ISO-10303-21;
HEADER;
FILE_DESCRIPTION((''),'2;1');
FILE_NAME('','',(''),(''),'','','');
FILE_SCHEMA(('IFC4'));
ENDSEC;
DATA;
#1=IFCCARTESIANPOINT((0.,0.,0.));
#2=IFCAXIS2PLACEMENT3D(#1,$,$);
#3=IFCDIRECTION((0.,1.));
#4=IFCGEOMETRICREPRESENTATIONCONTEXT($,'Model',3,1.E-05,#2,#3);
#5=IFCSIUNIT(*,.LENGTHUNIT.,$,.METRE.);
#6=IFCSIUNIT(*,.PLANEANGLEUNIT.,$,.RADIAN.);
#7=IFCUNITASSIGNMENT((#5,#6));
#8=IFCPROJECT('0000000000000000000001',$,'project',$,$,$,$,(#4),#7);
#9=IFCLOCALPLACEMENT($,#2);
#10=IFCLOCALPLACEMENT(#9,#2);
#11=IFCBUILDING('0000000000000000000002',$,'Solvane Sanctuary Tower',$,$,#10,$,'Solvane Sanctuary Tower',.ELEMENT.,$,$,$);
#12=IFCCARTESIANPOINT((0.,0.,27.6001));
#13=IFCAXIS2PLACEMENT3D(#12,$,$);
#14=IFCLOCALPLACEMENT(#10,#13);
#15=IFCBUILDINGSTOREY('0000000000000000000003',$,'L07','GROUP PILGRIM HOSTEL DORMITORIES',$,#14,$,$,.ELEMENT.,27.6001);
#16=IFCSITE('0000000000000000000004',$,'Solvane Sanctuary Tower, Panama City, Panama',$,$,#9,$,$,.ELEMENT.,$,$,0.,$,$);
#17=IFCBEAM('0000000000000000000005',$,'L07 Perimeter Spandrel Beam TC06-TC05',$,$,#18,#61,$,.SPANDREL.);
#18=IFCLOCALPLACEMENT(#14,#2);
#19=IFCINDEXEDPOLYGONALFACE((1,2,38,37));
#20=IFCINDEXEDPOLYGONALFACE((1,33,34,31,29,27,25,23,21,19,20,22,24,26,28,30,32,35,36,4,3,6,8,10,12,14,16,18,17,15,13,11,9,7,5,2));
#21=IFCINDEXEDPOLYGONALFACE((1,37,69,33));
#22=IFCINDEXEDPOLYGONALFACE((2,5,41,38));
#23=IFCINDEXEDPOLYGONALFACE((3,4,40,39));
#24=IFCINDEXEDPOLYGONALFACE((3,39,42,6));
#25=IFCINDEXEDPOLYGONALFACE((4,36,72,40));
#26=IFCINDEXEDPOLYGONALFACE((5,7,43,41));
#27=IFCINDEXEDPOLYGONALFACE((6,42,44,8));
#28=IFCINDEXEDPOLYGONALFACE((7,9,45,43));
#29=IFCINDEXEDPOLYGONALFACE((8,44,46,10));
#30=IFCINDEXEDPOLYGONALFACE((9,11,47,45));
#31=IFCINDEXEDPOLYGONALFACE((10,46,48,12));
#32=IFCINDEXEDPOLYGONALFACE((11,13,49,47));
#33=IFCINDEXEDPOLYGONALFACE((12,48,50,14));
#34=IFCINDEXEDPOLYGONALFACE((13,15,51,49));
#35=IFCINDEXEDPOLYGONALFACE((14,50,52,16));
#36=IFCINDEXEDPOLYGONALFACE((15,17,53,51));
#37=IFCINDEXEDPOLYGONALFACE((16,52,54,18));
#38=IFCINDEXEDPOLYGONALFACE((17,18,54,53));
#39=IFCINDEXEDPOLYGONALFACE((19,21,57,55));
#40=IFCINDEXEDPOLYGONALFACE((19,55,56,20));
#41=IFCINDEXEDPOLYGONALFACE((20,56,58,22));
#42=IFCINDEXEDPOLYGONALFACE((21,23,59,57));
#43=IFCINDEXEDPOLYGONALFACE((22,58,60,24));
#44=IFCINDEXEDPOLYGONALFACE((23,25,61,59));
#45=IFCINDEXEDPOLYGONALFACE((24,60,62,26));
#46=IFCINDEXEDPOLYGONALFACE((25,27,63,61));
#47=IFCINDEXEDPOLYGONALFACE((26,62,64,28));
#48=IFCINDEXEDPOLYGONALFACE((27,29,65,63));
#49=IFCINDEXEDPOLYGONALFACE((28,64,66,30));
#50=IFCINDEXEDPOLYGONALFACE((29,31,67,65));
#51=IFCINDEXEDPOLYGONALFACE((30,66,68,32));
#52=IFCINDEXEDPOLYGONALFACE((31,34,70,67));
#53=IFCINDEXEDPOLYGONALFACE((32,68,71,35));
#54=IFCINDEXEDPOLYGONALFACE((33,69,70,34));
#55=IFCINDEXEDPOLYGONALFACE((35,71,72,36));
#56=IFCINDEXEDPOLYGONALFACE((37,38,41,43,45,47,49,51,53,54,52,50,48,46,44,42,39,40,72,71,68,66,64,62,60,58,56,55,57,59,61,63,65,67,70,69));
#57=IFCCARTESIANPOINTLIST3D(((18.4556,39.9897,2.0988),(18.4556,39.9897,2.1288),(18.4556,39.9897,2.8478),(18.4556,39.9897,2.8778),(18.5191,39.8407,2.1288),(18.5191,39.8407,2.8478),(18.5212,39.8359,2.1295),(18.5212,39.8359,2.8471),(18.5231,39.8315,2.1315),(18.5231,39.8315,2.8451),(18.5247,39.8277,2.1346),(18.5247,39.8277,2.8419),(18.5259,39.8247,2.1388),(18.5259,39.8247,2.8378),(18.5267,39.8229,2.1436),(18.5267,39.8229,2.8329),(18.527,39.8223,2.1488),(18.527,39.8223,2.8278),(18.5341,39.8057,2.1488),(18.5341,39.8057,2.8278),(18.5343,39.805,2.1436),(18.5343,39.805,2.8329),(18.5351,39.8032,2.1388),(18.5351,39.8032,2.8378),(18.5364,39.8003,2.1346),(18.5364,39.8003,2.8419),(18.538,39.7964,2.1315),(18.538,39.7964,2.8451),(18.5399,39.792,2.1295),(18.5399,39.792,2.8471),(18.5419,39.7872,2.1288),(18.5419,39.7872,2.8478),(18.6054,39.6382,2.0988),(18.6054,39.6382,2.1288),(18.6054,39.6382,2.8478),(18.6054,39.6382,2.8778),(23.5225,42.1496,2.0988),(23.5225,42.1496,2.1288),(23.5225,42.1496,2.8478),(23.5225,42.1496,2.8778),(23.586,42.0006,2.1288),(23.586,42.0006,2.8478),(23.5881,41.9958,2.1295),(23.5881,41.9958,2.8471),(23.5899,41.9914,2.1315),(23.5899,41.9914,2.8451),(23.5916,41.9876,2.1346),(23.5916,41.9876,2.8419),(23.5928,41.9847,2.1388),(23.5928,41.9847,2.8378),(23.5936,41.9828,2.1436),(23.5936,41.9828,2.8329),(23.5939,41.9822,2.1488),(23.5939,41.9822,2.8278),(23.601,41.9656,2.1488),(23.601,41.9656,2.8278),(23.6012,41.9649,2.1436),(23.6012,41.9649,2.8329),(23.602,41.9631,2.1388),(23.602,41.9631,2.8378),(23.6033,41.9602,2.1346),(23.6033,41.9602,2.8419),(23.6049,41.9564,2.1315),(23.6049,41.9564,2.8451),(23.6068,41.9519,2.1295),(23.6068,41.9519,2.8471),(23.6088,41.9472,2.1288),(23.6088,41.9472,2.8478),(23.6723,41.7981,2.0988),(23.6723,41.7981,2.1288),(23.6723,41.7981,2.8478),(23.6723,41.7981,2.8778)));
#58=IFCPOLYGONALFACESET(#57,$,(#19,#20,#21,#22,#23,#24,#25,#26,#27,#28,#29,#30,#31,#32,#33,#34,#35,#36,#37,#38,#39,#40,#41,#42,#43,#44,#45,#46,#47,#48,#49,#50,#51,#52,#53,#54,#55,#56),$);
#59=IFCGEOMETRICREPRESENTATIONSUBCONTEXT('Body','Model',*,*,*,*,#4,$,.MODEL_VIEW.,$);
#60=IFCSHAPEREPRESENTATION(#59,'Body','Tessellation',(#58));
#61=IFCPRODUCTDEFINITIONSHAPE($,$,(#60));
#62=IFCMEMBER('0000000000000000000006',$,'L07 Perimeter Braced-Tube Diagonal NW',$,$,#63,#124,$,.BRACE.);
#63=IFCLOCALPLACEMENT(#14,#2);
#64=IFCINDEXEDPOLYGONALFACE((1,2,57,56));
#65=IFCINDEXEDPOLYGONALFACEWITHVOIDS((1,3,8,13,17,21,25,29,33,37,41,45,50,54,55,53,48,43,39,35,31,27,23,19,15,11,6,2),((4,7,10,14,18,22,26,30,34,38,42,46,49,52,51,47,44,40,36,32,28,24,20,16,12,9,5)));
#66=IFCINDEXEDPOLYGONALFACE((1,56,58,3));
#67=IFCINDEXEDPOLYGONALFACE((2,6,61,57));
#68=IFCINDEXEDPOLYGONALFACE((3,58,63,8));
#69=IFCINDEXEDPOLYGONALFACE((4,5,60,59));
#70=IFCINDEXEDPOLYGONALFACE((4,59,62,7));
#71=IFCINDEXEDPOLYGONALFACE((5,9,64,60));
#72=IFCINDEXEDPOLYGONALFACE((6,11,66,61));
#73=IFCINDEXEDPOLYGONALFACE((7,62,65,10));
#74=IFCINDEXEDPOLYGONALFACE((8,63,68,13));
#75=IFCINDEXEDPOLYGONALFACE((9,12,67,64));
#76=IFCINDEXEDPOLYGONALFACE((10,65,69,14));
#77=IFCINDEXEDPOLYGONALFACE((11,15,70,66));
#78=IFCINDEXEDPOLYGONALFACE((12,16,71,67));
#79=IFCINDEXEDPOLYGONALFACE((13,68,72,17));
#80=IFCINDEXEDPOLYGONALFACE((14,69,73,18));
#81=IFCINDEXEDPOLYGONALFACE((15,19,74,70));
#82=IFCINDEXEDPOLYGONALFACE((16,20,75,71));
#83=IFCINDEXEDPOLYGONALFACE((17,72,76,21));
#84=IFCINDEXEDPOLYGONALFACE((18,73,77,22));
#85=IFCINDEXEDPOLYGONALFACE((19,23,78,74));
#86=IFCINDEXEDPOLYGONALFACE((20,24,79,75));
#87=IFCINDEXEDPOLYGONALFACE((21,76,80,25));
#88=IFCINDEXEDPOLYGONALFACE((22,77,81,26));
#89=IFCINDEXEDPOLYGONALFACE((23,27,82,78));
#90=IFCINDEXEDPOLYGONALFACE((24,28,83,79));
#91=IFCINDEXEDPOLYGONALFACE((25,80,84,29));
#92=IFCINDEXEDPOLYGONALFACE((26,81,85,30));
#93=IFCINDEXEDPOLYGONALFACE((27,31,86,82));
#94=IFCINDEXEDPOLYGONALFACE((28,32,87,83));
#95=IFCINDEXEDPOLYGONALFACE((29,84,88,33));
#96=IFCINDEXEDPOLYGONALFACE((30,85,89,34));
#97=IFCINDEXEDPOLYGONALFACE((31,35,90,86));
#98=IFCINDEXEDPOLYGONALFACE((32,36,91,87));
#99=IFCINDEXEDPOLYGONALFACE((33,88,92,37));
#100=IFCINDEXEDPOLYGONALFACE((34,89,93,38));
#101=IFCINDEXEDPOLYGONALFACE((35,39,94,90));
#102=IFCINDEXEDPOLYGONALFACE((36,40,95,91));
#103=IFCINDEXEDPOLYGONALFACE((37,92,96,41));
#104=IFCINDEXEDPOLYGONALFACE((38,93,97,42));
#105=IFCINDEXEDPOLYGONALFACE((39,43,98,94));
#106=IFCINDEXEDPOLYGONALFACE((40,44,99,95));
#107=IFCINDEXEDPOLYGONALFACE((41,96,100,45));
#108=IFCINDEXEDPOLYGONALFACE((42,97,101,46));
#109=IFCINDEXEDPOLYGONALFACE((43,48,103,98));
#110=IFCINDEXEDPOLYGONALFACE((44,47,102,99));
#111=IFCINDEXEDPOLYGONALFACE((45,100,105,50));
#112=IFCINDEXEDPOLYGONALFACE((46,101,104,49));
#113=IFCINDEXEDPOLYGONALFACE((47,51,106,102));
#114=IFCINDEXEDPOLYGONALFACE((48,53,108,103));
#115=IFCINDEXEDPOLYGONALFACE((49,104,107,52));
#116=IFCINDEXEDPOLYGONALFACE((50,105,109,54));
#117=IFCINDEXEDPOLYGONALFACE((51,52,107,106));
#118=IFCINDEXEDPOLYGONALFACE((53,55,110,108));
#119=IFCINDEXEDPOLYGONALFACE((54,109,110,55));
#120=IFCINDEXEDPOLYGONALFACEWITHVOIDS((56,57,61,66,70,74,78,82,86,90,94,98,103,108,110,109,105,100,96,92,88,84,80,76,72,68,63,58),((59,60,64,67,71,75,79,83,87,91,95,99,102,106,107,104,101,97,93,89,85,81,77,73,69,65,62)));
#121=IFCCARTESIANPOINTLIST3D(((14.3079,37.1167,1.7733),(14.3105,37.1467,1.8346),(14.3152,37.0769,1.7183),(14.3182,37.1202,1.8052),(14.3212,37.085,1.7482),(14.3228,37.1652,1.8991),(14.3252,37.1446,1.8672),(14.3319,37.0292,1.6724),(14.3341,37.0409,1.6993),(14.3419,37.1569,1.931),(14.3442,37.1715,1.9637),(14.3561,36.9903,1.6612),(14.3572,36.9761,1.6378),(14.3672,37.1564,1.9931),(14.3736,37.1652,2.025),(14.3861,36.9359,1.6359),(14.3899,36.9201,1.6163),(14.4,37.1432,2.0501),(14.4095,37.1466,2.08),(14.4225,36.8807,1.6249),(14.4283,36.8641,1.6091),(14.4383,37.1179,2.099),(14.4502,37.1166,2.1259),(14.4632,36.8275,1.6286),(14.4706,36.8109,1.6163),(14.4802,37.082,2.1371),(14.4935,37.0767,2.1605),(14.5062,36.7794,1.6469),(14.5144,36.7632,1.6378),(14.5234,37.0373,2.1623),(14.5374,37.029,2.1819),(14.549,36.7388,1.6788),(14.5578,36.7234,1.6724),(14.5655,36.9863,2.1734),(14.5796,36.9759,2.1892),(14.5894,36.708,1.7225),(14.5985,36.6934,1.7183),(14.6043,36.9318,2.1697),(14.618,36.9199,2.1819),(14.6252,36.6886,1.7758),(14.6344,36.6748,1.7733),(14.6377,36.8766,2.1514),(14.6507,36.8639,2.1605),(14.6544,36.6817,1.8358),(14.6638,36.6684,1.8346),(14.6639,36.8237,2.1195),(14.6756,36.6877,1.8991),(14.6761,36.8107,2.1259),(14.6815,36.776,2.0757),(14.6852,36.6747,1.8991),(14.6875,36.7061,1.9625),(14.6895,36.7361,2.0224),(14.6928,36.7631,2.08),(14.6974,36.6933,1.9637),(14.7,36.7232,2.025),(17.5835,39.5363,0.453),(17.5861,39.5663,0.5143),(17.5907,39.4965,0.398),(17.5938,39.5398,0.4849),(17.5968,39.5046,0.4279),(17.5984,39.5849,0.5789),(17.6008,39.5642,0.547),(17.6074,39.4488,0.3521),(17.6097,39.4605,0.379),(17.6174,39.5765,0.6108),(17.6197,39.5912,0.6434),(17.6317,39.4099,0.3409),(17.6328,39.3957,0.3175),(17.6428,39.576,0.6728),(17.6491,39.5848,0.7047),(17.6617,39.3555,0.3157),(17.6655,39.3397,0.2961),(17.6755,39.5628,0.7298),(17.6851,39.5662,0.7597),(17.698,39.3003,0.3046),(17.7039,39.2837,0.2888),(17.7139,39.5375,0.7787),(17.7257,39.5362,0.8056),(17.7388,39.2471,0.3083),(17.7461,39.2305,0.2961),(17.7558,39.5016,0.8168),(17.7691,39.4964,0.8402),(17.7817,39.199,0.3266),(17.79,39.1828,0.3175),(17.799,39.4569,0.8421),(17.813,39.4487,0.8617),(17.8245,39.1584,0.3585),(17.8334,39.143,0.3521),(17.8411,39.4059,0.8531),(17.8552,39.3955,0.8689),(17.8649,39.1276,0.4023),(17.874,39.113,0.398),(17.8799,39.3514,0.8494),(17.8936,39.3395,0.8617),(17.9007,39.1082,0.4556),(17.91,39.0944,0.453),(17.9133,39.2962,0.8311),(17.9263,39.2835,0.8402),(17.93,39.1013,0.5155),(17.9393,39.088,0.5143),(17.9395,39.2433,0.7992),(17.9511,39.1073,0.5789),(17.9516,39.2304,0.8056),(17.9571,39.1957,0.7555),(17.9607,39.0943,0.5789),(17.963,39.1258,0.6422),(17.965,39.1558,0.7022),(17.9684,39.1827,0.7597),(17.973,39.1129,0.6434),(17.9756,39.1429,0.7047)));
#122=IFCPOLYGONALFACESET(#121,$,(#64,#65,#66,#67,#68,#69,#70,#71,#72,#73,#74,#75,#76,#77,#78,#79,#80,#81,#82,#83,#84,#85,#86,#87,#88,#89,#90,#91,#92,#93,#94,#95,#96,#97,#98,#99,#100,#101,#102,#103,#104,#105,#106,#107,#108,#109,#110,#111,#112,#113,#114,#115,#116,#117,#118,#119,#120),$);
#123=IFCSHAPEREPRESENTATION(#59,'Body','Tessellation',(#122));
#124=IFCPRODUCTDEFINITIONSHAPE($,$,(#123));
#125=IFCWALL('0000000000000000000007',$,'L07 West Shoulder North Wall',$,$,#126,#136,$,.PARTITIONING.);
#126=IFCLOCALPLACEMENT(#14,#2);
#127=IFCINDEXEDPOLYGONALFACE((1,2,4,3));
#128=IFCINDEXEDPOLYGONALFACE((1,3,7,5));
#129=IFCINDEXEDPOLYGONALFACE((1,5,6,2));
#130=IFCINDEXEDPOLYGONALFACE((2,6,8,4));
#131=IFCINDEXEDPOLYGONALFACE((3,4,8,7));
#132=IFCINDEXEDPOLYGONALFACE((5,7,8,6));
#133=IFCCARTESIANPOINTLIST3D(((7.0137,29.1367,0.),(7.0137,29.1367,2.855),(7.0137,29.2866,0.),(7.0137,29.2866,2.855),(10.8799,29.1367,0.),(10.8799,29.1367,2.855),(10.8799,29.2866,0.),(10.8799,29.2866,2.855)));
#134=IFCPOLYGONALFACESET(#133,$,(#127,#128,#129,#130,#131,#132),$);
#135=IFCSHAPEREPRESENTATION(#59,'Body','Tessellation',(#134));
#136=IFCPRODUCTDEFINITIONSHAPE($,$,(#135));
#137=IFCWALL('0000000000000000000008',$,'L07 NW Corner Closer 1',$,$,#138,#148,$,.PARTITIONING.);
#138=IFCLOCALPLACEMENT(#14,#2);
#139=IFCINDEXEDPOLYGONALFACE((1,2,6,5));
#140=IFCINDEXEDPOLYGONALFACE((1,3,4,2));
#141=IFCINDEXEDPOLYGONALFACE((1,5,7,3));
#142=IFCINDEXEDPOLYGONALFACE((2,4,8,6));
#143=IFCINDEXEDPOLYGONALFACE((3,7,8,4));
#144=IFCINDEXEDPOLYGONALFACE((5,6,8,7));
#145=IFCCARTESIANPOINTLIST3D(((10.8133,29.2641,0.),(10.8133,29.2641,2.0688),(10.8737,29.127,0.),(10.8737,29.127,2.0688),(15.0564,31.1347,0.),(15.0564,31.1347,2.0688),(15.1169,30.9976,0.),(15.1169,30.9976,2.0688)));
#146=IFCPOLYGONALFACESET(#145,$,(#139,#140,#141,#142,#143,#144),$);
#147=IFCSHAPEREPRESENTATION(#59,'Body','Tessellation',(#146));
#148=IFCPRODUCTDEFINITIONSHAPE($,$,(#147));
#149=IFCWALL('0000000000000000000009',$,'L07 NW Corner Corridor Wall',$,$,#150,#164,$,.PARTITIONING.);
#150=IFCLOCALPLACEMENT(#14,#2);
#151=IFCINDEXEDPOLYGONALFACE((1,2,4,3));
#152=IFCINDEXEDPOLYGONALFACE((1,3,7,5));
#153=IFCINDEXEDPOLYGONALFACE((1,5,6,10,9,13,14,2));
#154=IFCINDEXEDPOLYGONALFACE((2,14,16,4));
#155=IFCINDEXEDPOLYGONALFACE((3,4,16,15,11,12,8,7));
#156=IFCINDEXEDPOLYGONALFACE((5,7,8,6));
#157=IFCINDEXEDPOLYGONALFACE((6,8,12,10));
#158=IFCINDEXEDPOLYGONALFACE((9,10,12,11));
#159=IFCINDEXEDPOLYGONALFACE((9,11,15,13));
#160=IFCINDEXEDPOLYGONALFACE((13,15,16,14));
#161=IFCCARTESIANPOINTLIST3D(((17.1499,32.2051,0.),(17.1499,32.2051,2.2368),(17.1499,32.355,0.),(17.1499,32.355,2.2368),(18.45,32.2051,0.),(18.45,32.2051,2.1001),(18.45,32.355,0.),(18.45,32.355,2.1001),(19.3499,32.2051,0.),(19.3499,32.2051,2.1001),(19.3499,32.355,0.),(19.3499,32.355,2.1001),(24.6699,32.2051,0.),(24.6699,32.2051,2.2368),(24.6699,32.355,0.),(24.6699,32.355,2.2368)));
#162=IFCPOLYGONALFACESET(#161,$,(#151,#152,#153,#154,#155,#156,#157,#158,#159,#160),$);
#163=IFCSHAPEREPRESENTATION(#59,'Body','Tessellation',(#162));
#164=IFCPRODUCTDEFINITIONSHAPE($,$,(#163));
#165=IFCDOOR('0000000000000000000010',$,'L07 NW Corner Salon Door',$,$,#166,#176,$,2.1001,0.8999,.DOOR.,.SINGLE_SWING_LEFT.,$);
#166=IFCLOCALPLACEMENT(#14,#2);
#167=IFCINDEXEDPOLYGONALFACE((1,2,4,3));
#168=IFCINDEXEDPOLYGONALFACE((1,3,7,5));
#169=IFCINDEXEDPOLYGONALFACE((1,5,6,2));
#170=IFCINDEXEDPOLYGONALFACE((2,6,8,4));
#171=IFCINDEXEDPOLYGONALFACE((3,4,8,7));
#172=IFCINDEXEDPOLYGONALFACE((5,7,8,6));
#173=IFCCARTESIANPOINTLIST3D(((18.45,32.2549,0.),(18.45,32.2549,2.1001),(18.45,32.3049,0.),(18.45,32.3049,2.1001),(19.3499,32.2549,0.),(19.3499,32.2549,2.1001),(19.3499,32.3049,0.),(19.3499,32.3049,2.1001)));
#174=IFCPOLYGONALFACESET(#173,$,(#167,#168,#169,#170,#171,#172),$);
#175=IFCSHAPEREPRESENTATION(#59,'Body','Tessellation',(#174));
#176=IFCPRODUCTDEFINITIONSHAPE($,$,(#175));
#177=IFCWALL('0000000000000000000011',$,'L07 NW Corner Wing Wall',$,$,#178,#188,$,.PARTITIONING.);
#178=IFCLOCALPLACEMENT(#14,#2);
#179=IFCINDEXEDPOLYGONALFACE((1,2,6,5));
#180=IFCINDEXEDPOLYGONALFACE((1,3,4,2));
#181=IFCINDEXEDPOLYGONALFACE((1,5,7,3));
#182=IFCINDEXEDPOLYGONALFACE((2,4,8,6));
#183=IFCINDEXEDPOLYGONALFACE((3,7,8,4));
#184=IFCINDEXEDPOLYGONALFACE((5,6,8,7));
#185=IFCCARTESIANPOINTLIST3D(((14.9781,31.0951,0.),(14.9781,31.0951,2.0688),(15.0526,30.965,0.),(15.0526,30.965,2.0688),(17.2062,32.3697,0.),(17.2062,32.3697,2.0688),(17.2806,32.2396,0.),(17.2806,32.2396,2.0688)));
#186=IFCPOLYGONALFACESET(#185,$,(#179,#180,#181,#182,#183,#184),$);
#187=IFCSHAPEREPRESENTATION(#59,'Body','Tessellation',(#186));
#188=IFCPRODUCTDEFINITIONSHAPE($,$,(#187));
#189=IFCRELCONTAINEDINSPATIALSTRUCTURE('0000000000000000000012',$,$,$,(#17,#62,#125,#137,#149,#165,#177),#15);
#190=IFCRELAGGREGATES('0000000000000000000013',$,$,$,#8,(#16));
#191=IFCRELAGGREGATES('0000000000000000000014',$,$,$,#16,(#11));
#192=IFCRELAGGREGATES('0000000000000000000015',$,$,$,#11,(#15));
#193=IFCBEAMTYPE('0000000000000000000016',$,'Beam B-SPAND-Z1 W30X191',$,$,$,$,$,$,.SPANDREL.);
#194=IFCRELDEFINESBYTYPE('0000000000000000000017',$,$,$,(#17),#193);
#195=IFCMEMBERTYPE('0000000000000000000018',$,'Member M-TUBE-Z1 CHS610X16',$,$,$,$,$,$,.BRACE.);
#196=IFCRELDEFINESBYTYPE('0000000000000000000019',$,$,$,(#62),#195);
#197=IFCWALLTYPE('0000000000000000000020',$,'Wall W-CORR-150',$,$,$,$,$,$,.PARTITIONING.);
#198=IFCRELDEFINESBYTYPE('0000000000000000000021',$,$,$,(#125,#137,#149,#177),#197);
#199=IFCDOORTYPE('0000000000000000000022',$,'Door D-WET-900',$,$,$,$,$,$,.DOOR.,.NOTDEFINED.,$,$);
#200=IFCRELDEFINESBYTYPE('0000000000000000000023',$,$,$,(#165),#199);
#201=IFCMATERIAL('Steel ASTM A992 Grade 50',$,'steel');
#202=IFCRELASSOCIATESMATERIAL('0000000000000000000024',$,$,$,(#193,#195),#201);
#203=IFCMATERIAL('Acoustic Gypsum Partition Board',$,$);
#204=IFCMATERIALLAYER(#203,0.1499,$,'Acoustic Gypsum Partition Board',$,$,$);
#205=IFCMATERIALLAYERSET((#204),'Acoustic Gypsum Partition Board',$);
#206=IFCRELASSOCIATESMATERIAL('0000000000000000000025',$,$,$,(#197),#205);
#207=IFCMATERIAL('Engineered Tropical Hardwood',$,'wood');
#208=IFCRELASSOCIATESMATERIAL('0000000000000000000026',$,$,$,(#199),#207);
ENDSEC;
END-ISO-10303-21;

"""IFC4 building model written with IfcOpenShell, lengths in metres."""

from ifc_helpers import new_model, si_unit, direction, frame, frame_2d, origin, origin_2d, place, context, subcontext, project, spatial, rectangle, hollow_circle, i_section, extrude, material, layer, layer_set, material_profile, profile_set, type_object, element, fill, save


model = new_model("IFC4")

# Units and contexts
model_context = context("Model", 3, precision=1e-05, world=origin(), true_north=direction((0.0, 1.0)))
body_context = subcontext(model_context, "Body", "Model", "MODEL_VIEW")
ifc_project = project(units=[si_unit("LENGTHUNIT", "METRE"), si_unit("PLANEANGLEUNIT", "RADIAN")], contexts=[model_context])

# Site, building, storey
site_placement = place(None, origin())
site = spatial("IfcSite", under=ifc_project, at=site_placement, Name="Solvane Sanctuary Tower, Panama City, Panama", CompositionType="ELEMENT", RefElevation=0.0)
building_placement = place(site_placement, origin())
building = spatial("IfcBuilding", under=site, at=building_placement, Name="Solvane Sanctuary Tower", LongName="Solvane Sanctuary Tower", CompositionType="ELEMENT")
storey_placement = place(building_placement, frame((0.0, 0.0, 27.6001)))
storey = spatial("IfcBuildingStorey", under=building, at=storey_placement, Name="L07", Description="GROUP PILGRIM HOSTEL DORMITORIES", CompositionType="ELEMENT", Elevation=27.6001)

# Beam
ifc_material_1 = material(Name="Steel ASTM A992 Grade 50", Category="steel")
ifc_material_profile_1 = material_profile(ifc_material_1, i_section(OverallWidth=0.3821, OverallDepth=0.7791, WebThickness=0.0181, FlangeThickness=0.03, FilletRadius=0.02, at=origin_2d()), Name="W30X191")
ifc_profile_set_1 = profile_set([ifc_material_profile_1], Name="Steel ASTM A992 Grade 50")
beam_type_1 = type_object("IfcBeamType", Name="Beam B-SPAND-Z1 W30X191", PredefinedType="SPANDREL", material=ifc_profile_set_1)
beam_1_placement = place(storey_placement, frame((18.5305, 39.814, 2.4883), z_axis=(0.919907, 0.392137, 0.0), x_axis=(-0.392137, 0.919907, 0.0)))
element("IfcBeam", 1, at=beam_1_placement, inside=storey, type_object=beam_type_1, Name="L07 Perimeter Spandrel Beam TC06-TC05", PredefinedType="SPANDREL", context=body_context, shape_type="SweptSolid", body=[
    extrude(i_section(OverallWidth=0.3821, OverallDepth=0.7791, WebThickness=0.0181, FlangeThickness=0.03, FilletRadius=0.02, at=origin_2d()), origin(), (0.0, 0.0, 1.0), 5.5081),
])

# Member
ifc_material_profile_2 = material_profile(ifc_material_1, hollow_circle(Radius=0.3049, WallThickness=0.0161, at=origin_2d()), Name="CHS610X16")
ifc_profile_set_2 = profile_set([ifc_material_profile_2], Name="Steel ASTM A992 Grade 50")
member_type = type_object("IfcMemberType", Name="Member M-TUBE-Z1 CHS610X16", PredefinedType="BRACE", material=ifc_profile_set_2)
member_placement = place(storey_placement, frame((17.7795, 39.3396, 0.5789), z_axis=(-0.765138, -0.5652, 0.308405), x_axis=(0.594162, -0.804346, 0.0)))
element("IfcMember", 2, at=member_placement, inside=storey, type_object=member_type, Name="L07 Perimeter Braced-Tube Diagonal NW", PredefinedType="BRACE", context=body_context, shape_type="SweptSolid", body=[
    extrude(hollow_circle(Radius=0.3049, WallThickness=0.0161, at=origin_2d()), origin(), (0.0, 0.0, 1.0), 4.281),
])

# Walls
ifc_material_2 = material(Name="Acoustic Gypsum Partition Board")
ifc_layer_1 = layer(ifc_material_2, 0.1499, Name="Acoustic Gypsum Partition Board")
ifc_layer_set_1 = layer_set([ifc_layer_1], Name="Acoustic Gypsum Partition Board")
wall_type_1 = type_object("IfcWallType", Name="Wall W-CORR-150", PredefinedType="PARTITIONING", material=ifc_layer_set_1)
wall_1_placement = place(storey_placement, frame((7.0137, 29.2117, 0.0), z_axis=(0.0, 0.0, 1.0), x_axis=(1.0, 0.0, 0.0)))
element("IfcWall", 3, at=wall_1_placement, inside=storey, type_object=wall_type_1, Name="L07 West Shoulder North Wall", PredefinedType="PARTITIONING", context=body_context, shape_type="SweptSolid", body=[
    extrude(rectangle(XDim=3.8662, YDim=0.1499, at=frame_2d((1.9331, 0.0))), origin(), (0.0, 0.0, 1.0), 2.855),
])
wall_2_placement = place(storey_placement, frame((10.8435, 29.1956, 0.0), z_axis=(0.0, 0.0, 1.0), x_axis=(0.915028, 0.403391, 0.0)))
element("IfcWall", 4, at=wall_2_placement, inside=storey, type_object=wall_type_1, Name="L07 NW Corner Closer 1", PredefinedType="PARTITIONING", context=body_context, shape_type="SweptSolid", body=[
    extrude(rectangle(XDim=4.6372, YDim=0.1499, at=frame_2d((2.3186, 0.0))), origin(), (0.0, 0.0, 1.0), 2.0688),
])

# Wall, opening, door
wall_3_placement = place(storey_placement, frame((17.1499, 32.28, 0.0), z_axis=(0.0, 0.0, 1.0), x_axis=(1.0, 0.0, 0.0)))
wall_3 = element("IfcWall", 5, at=wall_3_placement, inside=storey, type_object=wall_type_1, Name="L07 NW Corner Corridor Wall", PredefinedType="PARTITIONING", context=body_context, shape_type="SweptSolid", body=[
    extrude(rectangle(XDim=7.52, YDim=0.1499, at=frame_2d((3.76, 0.0))), origin(), (0.0, 0.0, 1.0), 2.2368),
])
opening_1_placement = place(wall_3_placement, frame((1.3, 0.0, 0.0)))
opening_1 = element("IfcOpeningElement", 6, at=opening_1_placement, cuts=wall_3, PredefinedType="OPENING", context=body_context, shape_type="SweptSolid", body=[
    extrude(rectangle(XDim=0.8999, YDim=2.1001, at=frame_2d((0.45, 1.05))), frame((0.0, 0.085, 0.0), z_axis=(0.0, -1.0, 0.0), x_axis=(1.0, 0.0, 0.0)), (0.0, 0.0, 1.0), 0.1699),
])
ifc_material_3 = material(Name="Engineered Tropical Hardwood", Category="wood")
door_type_1 = type_object("IfcDoorType", Name="Door D-WET-900", OperationType="NOTDEFINED", PredefinedType="DOOR", material=ifc_material_3)
door_1_placement = place(opening_1_placement, origin())
door_1 = element("IfcDoor", 7, at=door_1_placement, inside=storey, type_object=door_type_1, Name="L07 NW Corner Salon Door", OperationType="SINGLE_SWING_LEFT", OverallHeight=2.1001, OverallWidth=0.8999, PredefinedType="DOOR", context=body_context, shape_type="SweptSolid", body=[
    extrude(rectangle(XDim=0.8999, YDim=2.1001, at=frame_2d((0.45, 1.05))), frame((0.0, 0.0249, 0.0), z_axis=(0.0, -1.0, 0.0), x_axis=(1.0, 0.0, 0.0)), (0.0, 0.0, 1.0), 0.05),
])
fill(opening_1, door_1)

# Wall
wall_4_placement = place(storey_placement, frame((17.2434, 32.3047, 0.0), z_axis=(0.0, 0.0, 1.0), x_axis=(-0.867991, -0.496579, 0.0)))
element("IfcWall", 8, at=wall_4_placement, inside=storey, type_object=wall_type_1, Name="L07 NW Corner Wing Wall", PredefinedType="PARTITIONING", context=body_context, shape_type="SweptSolid", body=[
    extrude(rectangle(XDim=2.5669, YDim=0.1499, at=frame_2d((1.2834, 0.0))), origin(), (0.0, 0.0, 1.0), 2.0688),
])

save(model, "model.ifc")
